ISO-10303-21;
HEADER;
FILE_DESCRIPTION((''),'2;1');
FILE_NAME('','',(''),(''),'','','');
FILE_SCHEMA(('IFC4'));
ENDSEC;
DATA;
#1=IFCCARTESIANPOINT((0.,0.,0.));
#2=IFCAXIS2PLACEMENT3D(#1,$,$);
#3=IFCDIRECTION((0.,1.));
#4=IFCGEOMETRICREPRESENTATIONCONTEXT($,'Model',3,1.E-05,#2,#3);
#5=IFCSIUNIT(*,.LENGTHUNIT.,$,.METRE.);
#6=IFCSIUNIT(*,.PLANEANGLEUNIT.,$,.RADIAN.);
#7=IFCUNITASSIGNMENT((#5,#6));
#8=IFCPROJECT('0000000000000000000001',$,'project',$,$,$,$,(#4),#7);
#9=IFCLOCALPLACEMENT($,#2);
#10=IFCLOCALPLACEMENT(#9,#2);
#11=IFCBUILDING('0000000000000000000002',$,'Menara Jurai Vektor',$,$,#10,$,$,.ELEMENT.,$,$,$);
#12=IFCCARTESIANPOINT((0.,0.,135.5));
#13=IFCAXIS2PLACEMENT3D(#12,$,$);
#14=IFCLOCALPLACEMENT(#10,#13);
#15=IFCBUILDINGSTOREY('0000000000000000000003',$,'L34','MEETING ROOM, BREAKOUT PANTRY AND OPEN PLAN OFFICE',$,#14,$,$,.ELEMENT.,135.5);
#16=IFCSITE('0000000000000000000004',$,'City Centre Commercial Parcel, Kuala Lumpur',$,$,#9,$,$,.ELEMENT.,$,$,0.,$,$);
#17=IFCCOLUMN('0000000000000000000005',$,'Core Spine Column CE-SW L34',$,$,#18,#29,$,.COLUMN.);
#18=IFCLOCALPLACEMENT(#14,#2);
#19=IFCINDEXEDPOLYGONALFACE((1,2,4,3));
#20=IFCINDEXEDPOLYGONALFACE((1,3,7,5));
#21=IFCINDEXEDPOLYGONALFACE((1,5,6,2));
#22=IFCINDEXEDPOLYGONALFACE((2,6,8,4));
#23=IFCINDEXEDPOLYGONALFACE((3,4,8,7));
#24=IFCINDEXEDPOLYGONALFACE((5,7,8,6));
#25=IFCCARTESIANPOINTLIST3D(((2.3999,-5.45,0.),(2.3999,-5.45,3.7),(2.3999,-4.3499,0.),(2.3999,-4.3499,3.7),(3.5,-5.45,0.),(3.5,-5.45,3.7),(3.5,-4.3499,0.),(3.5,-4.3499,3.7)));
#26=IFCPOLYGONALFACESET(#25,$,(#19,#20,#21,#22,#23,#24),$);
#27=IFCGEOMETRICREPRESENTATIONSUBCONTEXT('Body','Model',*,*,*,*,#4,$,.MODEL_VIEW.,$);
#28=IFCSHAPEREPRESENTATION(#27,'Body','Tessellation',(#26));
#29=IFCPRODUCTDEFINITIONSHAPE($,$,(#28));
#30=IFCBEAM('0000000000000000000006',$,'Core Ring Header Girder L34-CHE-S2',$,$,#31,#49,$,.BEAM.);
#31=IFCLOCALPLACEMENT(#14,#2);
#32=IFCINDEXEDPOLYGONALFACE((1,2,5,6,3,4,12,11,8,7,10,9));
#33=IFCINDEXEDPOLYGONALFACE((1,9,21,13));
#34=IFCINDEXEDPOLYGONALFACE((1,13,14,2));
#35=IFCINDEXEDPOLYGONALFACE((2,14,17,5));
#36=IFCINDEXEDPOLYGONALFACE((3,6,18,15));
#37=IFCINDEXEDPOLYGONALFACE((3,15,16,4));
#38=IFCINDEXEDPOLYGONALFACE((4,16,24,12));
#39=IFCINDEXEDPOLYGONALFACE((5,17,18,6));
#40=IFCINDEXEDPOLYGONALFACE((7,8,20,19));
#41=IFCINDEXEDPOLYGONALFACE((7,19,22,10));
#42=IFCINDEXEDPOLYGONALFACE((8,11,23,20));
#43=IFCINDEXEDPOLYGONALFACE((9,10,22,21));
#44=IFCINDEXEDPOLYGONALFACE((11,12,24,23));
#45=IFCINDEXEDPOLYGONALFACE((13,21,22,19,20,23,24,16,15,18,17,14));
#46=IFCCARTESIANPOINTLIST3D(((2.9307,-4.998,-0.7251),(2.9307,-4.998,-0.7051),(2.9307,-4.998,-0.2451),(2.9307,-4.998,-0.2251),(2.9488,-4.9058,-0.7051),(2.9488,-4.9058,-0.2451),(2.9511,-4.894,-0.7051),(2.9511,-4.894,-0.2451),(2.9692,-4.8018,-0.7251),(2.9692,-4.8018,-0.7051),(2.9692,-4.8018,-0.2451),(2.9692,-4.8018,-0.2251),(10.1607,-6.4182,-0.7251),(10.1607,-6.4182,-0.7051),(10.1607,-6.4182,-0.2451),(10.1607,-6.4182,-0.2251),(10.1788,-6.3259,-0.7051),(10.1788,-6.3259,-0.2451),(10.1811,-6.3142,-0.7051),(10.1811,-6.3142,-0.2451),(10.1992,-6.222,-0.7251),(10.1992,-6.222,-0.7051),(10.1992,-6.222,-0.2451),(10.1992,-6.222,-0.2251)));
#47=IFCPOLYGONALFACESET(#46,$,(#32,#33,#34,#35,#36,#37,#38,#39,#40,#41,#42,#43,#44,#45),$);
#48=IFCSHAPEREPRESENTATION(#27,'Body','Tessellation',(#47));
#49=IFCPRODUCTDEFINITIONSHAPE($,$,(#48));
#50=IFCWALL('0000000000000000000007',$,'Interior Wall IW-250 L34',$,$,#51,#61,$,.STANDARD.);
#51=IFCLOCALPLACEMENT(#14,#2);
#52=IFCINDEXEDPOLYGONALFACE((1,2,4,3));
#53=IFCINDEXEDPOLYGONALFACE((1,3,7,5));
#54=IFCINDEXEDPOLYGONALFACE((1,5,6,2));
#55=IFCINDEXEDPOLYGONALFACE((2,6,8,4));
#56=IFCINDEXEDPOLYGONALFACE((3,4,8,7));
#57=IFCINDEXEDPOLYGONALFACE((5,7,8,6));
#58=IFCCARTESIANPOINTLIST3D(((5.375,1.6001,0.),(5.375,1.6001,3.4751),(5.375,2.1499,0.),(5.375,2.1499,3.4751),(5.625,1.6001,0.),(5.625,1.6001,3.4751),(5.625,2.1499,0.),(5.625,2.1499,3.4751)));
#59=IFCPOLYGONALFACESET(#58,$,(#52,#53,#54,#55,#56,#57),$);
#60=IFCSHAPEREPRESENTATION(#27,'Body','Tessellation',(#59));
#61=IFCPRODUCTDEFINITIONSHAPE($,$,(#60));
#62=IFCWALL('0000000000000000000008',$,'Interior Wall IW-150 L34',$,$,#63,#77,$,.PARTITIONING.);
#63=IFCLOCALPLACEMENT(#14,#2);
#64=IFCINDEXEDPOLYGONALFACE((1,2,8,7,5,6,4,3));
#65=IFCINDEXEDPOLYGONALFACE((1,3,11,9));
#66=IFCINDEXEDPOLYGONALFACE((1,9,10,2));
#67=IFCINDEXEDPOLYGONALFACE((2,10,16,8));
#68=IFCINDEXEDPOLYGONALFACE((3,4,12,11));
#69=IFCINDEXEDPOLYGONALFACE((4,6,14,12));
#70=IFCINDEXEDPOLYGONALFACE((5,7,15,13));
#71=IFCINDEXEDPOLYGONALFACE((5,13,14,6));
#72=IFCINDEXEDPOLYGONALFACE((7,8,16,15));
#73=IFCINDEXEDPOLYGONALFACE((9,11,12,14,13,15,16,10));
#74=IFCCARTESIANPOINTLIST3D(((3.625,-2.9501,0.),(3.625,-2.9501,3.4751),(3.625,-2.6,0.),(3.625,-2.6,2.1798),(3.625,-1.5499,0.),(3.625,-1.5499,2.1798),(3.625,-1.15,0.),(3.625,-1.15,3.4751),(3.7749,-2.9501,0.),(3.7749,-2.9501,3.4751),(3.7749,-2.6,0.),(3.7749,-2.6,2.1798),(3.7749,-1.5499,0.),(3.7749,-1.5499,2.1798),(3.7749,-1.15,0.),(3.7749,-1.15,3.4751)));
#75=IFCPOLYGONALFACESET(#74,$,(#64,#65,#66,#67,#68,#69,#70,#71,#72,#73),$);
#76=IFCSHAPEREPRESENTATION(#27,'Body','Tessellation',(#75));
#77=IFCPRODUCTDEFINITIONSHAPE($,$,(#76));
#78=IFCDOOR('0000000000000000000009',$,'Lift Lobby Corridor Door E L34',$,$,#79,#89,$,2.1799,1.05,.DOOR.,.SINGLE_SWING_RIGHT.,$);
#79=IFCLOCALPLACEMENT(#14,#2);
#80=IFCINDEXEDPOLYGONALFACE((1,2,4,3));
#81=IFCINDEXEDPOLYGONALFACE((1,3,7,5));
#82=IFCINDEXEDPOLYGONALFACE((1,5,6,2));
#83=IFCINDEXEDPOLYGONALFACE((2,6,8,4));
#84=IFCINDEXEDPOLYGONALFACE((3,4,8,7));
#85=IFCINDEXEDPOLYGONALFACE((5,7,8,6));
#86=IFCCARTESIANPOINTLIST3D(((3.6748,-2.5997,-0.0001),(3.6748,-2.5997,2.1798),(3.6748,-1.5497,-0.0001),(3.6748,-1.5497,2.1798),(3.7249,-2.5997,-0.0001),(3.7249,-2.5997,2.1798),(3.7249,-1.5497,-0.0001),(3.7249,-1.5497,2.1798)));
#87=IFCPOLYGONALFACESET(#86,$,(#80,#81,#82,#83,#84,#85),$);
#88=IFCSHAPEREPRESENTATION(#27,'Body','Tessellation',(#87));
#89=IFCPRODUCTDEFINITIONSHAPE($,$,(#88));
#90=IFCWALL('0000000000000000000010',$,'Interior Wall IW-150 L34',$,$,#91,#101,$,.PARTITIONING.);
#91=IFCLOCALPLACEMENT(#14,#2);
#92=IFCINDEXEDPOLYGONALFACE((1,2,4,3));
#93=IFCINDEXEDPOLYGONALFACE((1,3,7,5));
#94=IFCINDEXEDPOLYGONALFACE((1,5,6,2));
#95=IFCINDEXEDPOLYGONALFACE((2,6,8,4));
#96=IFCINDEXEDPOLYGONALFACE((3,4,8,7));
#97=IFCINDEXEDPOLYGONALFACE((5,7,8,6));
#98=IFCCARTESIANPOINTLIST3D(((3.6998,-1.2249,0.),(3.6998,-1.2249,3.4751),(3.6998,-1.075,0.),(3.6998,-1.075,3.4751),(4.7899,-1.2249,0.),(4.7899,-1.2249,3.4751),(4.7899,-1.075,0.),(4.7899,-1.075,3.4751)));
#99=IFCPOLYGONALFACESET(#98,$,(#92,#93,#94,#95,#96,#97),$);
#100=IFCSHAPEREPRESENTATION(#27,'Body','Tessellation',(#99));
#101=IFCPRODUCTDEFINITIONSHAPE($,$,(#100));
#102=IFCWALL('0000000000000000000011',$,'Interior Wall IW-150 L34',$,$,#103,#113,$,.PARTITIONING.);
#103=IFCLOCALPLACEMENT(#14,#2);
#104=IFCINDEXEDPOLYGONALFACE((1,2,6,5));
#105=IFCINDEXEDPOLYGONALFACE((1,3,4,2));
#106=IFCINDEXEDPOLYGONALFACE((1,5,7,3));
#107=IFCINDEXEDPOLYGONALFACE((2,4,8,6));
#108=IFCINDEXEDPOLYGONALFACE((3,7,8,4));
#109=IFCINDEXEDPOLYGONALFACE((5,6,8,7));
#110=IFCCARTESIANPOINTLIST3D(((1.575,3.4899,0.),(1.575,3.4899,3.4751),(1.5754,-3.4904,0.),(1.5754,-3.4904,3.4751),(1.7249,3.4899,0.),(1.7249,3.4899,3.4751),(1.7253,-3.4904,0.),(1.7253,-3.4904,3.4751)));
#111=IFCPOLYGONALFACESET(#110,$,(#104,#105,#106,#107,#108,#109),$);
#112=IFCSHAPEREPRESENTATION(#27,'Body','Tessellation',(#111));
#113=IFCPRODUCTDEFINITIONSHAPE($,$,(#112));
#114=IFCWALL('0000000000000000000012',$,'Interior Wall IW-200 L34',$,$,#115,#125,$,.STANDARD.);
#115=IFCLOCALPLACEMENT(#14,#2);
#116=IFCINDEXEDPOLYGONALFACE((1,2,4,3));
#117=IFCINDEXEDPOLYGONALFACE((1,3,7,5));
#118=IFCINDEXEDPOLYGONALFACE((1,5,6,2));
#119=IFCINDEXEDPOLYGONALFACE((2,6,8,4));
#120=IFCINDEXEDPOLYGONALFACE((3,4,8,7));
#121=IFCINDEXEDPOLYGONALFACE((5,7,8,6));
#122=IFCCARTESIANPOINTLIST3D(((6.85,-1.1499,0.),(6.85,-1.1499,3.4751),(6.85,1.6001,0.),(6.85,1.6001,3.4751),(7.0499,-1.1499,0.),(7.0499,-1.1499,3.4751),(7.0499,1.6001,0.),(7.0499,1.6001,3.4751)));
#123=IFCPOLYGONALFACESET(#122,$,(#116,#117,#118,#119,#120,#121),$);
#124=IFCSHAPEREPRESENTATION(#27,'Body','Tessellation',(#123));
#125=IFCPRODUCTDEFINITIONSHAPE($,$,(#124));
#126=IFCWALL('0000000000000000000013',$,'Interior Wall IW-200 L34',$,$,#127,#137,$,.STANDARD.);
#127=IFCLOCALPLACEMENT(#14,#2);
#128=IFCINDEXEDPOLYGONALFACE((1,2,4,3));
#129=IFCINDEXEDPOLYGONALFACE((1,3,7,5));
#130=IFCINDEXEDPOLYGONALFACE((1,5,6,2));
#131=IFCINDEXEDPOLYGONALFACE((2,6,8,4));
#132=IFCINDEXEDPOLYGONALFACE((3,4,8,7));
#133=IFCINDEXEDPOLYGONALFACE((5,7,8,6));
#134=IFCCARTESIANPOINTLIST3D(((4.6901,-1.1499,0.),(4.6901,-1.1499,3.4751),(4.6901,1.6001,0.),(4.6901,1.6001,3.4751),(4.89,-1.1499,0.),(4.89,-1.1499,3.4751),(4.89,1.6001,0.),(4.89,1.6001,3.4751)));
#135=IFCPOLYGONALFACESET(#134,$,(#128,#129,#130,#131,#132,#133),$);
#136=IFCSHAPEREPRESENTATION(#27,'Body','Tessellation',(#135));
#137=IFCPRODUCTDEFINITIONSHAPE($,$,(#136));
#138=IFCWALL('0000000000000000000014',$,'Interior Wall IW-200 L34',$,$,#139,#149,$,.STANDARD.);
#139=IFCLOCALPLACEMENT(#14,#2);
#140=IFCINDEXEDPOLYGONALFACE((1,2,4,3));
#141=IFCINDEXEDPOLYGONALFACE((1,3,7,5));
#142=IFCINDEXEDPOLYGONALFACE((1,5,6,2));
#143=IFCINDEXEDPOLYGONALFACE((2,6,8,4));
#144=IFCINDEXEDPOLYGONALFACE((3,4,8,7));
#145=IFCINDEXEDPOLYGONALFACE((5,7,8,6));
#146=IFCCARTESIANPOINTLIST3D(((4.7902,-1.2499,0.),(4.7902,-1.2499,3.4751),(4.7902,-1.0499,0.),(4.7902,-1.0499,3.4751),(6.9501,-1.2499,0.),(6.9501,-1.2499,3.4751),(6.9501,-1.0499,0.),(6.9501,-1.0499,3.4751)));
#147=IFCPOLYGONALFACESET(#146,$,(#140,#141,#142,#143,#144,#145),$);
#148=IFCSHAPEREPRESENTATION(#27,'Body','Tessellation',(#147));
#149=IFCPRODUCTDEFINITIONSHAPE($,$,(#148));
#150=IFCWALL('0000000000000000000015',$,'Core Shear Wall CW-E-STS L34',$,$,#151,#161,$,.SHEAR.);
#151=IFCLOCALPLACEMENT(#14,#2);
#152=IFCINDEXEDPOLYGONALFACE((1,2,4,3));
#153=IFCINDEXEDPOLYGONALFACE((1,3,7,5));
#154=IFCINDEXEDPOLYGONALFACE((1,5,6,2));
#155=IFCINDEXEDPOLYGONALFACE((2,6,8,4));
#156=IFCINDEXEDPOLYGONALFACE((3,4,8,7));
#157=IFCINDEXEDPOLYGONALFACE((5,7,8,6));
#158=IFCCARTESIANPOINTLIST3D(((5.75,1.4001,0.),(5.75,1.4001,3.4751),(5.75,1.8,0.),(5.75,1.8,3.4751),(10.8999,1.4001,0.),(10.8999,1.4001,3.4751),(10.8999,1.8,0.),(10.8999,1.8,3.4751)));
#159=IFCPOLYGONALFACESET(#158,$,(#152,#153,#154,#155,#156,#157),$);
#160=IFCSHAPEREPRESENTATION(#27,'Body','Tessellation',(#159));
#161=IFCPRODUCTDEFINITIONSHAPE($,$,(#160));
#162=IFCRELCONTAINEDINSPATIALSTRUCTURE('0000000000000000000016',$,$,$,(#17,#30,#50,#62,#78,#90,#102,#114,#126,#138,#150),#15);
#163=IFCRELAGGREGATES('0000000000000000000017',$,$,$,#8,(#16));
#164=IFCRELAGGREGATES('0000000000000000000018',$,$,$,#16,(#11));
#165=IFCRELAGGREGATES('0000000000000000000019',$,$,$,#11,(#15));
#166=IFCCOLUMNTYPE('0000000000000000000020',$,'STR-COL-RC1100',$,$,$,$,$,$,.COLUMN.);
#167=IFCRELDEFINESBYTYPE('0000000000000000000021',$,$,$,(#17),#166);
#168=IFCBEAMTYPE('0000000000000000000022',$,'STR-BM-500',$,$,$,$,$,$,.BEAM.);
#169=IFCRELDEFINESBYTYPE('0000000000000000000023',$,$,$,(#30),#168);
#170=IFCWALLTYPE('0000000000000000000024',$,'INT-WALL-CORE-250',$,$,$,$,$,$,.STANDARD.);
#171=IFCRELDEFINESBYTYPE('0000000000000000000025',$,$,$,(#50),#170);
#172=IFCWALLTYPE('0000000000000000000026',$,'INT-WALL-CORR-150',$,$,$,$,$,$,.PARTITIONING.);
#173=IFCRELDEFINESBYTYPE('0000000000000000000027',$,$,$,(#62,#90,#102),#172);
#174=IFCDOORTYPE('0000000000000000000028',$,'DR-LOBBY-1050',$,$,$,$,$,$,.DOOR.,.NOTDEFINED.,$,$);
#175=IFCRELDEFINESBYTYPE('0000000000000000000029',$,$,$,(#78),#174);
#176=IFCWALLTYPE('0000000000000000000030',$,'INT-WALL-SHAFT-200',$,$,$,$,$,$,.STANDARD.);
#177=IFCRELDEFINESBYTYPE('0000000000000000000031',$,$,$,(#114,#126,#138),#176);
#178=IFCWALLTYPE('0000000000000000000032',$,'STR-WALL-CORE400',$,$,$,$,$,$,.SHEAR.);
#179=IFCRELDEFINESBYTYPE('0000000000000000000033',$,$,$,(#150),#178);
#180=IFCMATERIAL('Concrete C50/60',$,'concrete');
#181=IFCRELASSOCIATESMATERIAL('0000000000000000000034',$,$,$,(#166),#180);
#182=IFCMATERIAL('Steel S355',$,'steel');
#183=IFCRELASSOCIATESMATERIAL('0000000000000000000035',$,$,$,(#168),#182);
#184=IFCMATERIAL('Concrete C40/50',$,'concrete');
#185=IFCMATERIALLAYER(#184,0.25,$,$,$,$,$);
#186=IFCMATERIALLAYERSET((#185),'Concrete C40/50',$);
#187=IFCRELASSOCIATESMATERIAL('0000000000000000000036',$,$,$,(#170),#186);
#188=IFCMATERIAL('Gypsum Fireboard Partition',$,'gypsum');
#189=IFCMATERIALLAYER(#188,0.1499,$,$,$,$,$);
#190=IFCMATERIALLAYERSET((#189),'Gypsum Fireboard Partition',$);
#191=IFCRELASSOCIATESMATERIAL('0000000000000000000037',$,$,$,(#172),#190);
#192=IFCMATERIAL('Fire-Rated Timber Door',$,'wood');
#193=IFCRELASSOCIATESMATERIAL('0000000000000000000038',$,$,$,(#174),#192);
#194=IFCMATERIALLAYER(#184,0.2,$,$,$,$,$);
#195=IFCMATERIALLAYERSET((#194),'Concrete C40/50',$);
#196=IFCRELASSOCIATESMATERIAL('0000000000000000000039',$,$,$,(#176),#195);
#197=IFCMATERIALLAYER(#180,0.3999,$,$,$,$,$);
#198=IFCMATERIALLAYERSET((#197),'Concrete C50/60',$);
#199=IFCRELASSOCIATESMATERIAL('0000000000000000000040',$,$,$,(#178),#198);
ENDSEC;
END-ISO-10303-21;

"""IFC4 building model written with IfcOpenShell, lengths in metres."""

from ifc_helpers import new_model, si_unit, direction, frame, frame_2d, origin, origin_2d, place, context, subcontext, project, spatial, rectangle, i_section, extrude, material, layer, layer_set, material_profile, profile_set, type_object, element, fill, save


model = new_model("IFC4")

# Units and contexts
model_context = context("Model", 3, precision=1e-05, world=origin(), true_north=direction((0.0, 1.0)))
body_context = subcontext(model_context, "Body", "Model", "MODEL_VIEW")
ifc_project = project(units=[si_unit("LENGTHUNIT", "METRE"), si_unit("PLANEANGLEUNIT", "RADIAN")], contexts=[model_context])

# Site, building, storey
site_placement = place(None, origin())
site = spatial("IfcSite", under=ifc_project, at=site_placement, Name="City Centre Commercial Parcel, Kuala Lumpur", CompositionType="ELEMENT", RefElevation=0.0)
building_placement = place(site_placement, origin())
building = spatial("IfcBuilding", under=site, at=building_placement, Name="Menara Jurai Vektor", CompositionType="ELEMENT")
storey_placement = place(building_placement, frame((0.0, 0.0, 135.5)))
storey = spatial("IfcBuildingStorey", under=building, at=storey_placement, Name="L34", Description="MEETING ROOM, BREAKOUT PANTRY AND OPEN PLAN OFFICE", CompositionType="ELEMENT", Elevation=135.5)

# Column
ifc_material_1 = material(Name="Concrete C50/60", Category="concrete")
ifc_material_profile_1 = material_profile(ifc_material_1, rectangle(XDim=1.1001, YDim=1.1001, at=origin_2d()), Name="RC 1100x1100")
ifc_profile_set_1 = profile_set([ifc_material_profile_1], Name="Concrete C50/60")
column_type = type_object("IfcColumnType", Name="STR-COL-RC1100", PredefinedType="COLUMN", material=ifc_profile_set_1)
column_placement = place(storey_placement, frame((2.95, -4.8999, 0.0), z_axis=(0.0, 0.0, 1.0), x_axis=(1.0, 0.0, 0.0)))
element("IfcColumn", 1, at=column_placement, inside=storey, type_object=column_type, Name="Core Spine Column CE-SW L34", PredefinedType="COLUMN", context=body_context, shape_type="SweptSolid", body=[
    extrude(rectangle(XDim=1.1001, YDim=1.1001, at=origin_2d()), origin(), (0.0, 0.0, 1.0), 3.7),
])

# Beam
ifc_material_2 = material(Name="Steel S355", Category="steel")
ifc_material_profile_2 = material_profile(ifc_material_2, i_section(OverallWidth=0.2, OverallDepth=0.5, WebThickness=0.012, FlangeThickness=0.02, at=origin_2d()), Name="PG 500x200x96")
ifc_profile_set_2 = profile_set([ifc_material_profile_2], Name="Steel S355")
beam_type = type_object("IfcBeamType", Name="STR-BM-500", PredefinedType="BEAM", material=ifc_profile_set_2)
beam_placement = place(storey_placement, frame((2.95, -4.8999, -0.4751), z_axis=(0.981249, -0.192744, 0.0), x_axis=(0.192744, 0.981249, 0.0)))
element("IfcBeam", 2, at=beam_placement, inside=storey, type_object=beam_type, Name="Core Ring Header Girder L34-CHE-S2", PredefinedType="BEAM", context=body_context, shape_type="SweptSolid", body=[
    extrude(i_section(OverallWidth=0.2, OverallDepth=0.5, WebThickness=0.012, FlangeThickness=0.02, at=origin_2d()), origin(), (0.0, 0.0, 1.0), 7.3682),
])

# Wall
ifc_material_3 = material(Name="Concrete C40/50", Category="concrete")
ifc_layer_1 = layer(ifc_material_3, 0.25)
ifc_layer_set_1 = layer_set([ifc_layer_1], Name="Concrete C40/50")
wall_type_1 = type_object("IfcWallType", Name="INT-WALL-CORE-250", PredefinedType="STANDARD", material=ifc_layer_set_1)
wall_1_placement = place(storey_placement, frame((5.5, 1.6001, 0.0), z_axis=(0.0, 0.0, 1.0), x_axis=(0.0, 1.0, 0.0)))
element("IfcWall", 3, at=wall_1_placement, inside=storey, type_object=wall_type_1, Name="Interior Wall IW-250 L34", PredefinedType="STANDARD", context=body_context, shape_type="SweptSolid", body=[
    extrude(rectangle(XDim=0.5498, YDim=0.25, at=frame_2d((0.2749, 0.0))), origin(), (0.0, 0.0, 1.0), 3.4751),
])

# Wall, opening, door
ifc_material_4 = material(Name="Gypsum Fireboard Partition", Category="gypsum")
ifc_layer_2 = layer(ifc_material_4, 0.1499)
ifc_layer_set_2 = layer_set([ifc_layer_2], Name="Gypsum Fireboard Partition")
wall_type_2 = type_object("IfcWallType", Name="INT-WALL-CORR-150", PredefinedType="PARTITIONING", material=ifc_layer_set_2)
wall_2_placement = place(storey_placement, frame((3.7, -2.95, 0.0), z_axis=(0.0, 0.0, 1.0), x_axis=(0.0, 1.0, 0.0)))
wall_2 = element("IfcWall", 4, at=wall_2_placement, inside=storey, type_object=wall_type_2, Name="Interior Wall IW-150 L34", PredefinedType="PARTITIONING", context=body_context, shape_type="SweptSolid", body=[
    extrude(rectangle(XDim=1.8, YDim=0.1499, at=frame_2d((0.8999, 0.0))), origin(), (0.0, 0.0, 1.0), 3.4751),
])
opening_1_placement = place(wall_2_placement, frame((0.3501, 0.0, 0.0)))
opening_1 = element("IfcOpeningElement", 5, at=opening_1_placement, cuts=wall_2, PredefinedType="OPENING", context=body_context, shape_type="SweptSolid", body=[
    extrude(rectangle(XDim=1.05, YDim=2.1799, at=frame_2d((0.5249, 1.0898))), frame((0.0, 0.085, 0.0), z_axis=(0.0, -1.0, 0.0), x_axis=(1.0, 0.0, 0.0)), (0.0, 0.0, 1.0), 0.1699),
])
ifc_material_5 = material(Name="Fire-Rated Timber Door", Category="wood")
door_type_1 = type_object("IfcDoorType", Name="DR-LOBBY-1050", OperationType="NOTDEFINED", PredefinedType="DOOR", material=ifc_material_5)
door_1_placement = place(opening_1_placement, frame((1.05, 0.0, 0.0), z_axis=(0.0, 0.0, 1.0), x_axis=(-1.0, 0.0, 0.0)))
door_1 = element("IfcDoor", 6, at=door_1_placement, inside=storey, type_object=door_type_1, Name="Lift Lobby Corridor Door E L34", OperationType="SINGLE_SWING_RIGHT", OverallHeight=2.1799, OverallWidth=1.05, PredefinedType="DOOR", context=body_context, shape_type="SweptSolid", body=[
    extrude(rectangle(XDim=1.05, YDim=2.1799, at=frame_2d((0.5249, 1.0898))), frame((0.0, 0.0249, 0.0), z_axis=(0.0, -1.0, 0.0), x_axis=(1.0, 0.0, 0.0)), (0.0, 0.0, 1.0), 0.05),
])
fill(opening_1, door_1)

# Walls
wall_3_placement = place(storey_placement, frame((3.7, -1.1499, 0.0), z_axis=(0.0, 0.0, 1.0), x_axis=(1.0, 0.0, 0.0)))
element("IfcWall", 7, at=wall_3_placement, inside=storey, type_object=wall_type_2, Name="Interior Wall IW-150 L34", PredefinedType="PARTITIONING", context=body_context, shape_type="SweptSolid", body=[
    extrude(rectangle(XDim=1.0901, YDim=0.1499, at=frame_2d((0.5449, 0.0))), origin(), (0.0, 0.0, 1.0), 3.4751),
])
wall_4_placement = place(storey_placement, frame((1.6504, -3.4905, 0.0), z_axis=(0.0, 0.0, 1.0), x_axis=(-0.00007, 1.0, 0.0)))
element("IfcWall", 8, at=wall_4_placement, inside=storey, type_object=wall_type_2, Name="Interior Wall IW-150 L34", PredefinedType="PARTITIONING", context=body_context, shape_type="SweptSolid", body=[
    extrude(rectangle(XDim=6.9802, YDim=0.1499, at=frame_2d((3.4902, 0.0))), origin(), (0.0, 0.0, 1.0), 3.4751),
])

# Shared definitions
ifc_layer_3 = layer(ifc_material_3, 0.2)
ifc_layer_set_3 = layer_set([ifc_layer_3], Name="Concrete C40/50")
wall_type_3 = type_object("IfcWallType", Name="INT-WALL-SHAFT-200", PredefinedType="STANDARD", material=ifc_layer_set_3)

# Walls
for number, where, z_axis, x_axis, name in (
    (9, (6.95, -1.1499, 0.0), (0.0, 0.0, 1.0), (0.0, 1.0, 0.0), "Interior Wall IW-200 L34"),
    (10, (4.79, -1.1499, 0.0), (0.0, 0.0, 1.0), (0.0, 1.0, 0.0), "Interior Wall IW-200 L34"),
):
    element("IfcWall", number, at=place(storey_placement, frame(where, z_axis=z_axis, x_axis=x_axis)), inside=storey, type_object=wall_type_3, Name=name, PredefinedType="STANDARD", context=body_context, shape_type="SweptSolid", body=[
        extrude(rectangle(XDim=2.75, YDim=0.2, at=frame_2d((1.375, 0.0))), origin(), (0.0, 0.0, 1.0), 3.4751),
    ])
wall_5_placement = place(storey_placement, frame((4.79, -1.1499, 0.0), z_axis=(0.0, 0.0, 1.0), x_axis=(1.0, 0.0, 0.0)))
element("IfcWall", 11, at=wall_5_placement, inside=storey, type_object=wall_type_3, Name="Interior Wall IW-200 L34", PredefinedType="STANDARD", context=body_context, shape_type="SweptSolid", body=[
    extrude(rectangle(XDim=2.1599, YDim=0.2, at=frame_2d((1.0801, 0.0))), origin(), (0.0, 0.0, 1.0), 3.4751),
])

# Wall
ifc_layer_4 = layer(ifc_material_1, 0.3999)
ifc_layer_set_4 = layer_set([ifc_layer_4], Name="Concrete C50/60")
wall_type_4 = type_object("IfcWallType", Name="STR-WALL-CORE400", PredefinedType="SHEAR", material=ifc_layer_set_4)
wall_6_placement = place(storey_placement, frame((5.75, 1.6001, 0.0), z_axis=(0.0, 0.0, 1.0), x_axis=(1.0, 0.0, 0.0)))
element("IfcWall", 12, at=wall_6_placement, inside=storey, type_object=wall_type_4, Name="Core Shear Wall CW-E-STS L34", PredefinedType="SHEAR", context=body_context, shape_type="SweptSolid", body=[
    extrude(rectangle(XDim=5.1499, YDim=0.3999, at=frame_2d((2.575, 0.0))), origin(), (0.0, 0.0, 1.0), 3.4751),
])

save(model, "model.ifc")
